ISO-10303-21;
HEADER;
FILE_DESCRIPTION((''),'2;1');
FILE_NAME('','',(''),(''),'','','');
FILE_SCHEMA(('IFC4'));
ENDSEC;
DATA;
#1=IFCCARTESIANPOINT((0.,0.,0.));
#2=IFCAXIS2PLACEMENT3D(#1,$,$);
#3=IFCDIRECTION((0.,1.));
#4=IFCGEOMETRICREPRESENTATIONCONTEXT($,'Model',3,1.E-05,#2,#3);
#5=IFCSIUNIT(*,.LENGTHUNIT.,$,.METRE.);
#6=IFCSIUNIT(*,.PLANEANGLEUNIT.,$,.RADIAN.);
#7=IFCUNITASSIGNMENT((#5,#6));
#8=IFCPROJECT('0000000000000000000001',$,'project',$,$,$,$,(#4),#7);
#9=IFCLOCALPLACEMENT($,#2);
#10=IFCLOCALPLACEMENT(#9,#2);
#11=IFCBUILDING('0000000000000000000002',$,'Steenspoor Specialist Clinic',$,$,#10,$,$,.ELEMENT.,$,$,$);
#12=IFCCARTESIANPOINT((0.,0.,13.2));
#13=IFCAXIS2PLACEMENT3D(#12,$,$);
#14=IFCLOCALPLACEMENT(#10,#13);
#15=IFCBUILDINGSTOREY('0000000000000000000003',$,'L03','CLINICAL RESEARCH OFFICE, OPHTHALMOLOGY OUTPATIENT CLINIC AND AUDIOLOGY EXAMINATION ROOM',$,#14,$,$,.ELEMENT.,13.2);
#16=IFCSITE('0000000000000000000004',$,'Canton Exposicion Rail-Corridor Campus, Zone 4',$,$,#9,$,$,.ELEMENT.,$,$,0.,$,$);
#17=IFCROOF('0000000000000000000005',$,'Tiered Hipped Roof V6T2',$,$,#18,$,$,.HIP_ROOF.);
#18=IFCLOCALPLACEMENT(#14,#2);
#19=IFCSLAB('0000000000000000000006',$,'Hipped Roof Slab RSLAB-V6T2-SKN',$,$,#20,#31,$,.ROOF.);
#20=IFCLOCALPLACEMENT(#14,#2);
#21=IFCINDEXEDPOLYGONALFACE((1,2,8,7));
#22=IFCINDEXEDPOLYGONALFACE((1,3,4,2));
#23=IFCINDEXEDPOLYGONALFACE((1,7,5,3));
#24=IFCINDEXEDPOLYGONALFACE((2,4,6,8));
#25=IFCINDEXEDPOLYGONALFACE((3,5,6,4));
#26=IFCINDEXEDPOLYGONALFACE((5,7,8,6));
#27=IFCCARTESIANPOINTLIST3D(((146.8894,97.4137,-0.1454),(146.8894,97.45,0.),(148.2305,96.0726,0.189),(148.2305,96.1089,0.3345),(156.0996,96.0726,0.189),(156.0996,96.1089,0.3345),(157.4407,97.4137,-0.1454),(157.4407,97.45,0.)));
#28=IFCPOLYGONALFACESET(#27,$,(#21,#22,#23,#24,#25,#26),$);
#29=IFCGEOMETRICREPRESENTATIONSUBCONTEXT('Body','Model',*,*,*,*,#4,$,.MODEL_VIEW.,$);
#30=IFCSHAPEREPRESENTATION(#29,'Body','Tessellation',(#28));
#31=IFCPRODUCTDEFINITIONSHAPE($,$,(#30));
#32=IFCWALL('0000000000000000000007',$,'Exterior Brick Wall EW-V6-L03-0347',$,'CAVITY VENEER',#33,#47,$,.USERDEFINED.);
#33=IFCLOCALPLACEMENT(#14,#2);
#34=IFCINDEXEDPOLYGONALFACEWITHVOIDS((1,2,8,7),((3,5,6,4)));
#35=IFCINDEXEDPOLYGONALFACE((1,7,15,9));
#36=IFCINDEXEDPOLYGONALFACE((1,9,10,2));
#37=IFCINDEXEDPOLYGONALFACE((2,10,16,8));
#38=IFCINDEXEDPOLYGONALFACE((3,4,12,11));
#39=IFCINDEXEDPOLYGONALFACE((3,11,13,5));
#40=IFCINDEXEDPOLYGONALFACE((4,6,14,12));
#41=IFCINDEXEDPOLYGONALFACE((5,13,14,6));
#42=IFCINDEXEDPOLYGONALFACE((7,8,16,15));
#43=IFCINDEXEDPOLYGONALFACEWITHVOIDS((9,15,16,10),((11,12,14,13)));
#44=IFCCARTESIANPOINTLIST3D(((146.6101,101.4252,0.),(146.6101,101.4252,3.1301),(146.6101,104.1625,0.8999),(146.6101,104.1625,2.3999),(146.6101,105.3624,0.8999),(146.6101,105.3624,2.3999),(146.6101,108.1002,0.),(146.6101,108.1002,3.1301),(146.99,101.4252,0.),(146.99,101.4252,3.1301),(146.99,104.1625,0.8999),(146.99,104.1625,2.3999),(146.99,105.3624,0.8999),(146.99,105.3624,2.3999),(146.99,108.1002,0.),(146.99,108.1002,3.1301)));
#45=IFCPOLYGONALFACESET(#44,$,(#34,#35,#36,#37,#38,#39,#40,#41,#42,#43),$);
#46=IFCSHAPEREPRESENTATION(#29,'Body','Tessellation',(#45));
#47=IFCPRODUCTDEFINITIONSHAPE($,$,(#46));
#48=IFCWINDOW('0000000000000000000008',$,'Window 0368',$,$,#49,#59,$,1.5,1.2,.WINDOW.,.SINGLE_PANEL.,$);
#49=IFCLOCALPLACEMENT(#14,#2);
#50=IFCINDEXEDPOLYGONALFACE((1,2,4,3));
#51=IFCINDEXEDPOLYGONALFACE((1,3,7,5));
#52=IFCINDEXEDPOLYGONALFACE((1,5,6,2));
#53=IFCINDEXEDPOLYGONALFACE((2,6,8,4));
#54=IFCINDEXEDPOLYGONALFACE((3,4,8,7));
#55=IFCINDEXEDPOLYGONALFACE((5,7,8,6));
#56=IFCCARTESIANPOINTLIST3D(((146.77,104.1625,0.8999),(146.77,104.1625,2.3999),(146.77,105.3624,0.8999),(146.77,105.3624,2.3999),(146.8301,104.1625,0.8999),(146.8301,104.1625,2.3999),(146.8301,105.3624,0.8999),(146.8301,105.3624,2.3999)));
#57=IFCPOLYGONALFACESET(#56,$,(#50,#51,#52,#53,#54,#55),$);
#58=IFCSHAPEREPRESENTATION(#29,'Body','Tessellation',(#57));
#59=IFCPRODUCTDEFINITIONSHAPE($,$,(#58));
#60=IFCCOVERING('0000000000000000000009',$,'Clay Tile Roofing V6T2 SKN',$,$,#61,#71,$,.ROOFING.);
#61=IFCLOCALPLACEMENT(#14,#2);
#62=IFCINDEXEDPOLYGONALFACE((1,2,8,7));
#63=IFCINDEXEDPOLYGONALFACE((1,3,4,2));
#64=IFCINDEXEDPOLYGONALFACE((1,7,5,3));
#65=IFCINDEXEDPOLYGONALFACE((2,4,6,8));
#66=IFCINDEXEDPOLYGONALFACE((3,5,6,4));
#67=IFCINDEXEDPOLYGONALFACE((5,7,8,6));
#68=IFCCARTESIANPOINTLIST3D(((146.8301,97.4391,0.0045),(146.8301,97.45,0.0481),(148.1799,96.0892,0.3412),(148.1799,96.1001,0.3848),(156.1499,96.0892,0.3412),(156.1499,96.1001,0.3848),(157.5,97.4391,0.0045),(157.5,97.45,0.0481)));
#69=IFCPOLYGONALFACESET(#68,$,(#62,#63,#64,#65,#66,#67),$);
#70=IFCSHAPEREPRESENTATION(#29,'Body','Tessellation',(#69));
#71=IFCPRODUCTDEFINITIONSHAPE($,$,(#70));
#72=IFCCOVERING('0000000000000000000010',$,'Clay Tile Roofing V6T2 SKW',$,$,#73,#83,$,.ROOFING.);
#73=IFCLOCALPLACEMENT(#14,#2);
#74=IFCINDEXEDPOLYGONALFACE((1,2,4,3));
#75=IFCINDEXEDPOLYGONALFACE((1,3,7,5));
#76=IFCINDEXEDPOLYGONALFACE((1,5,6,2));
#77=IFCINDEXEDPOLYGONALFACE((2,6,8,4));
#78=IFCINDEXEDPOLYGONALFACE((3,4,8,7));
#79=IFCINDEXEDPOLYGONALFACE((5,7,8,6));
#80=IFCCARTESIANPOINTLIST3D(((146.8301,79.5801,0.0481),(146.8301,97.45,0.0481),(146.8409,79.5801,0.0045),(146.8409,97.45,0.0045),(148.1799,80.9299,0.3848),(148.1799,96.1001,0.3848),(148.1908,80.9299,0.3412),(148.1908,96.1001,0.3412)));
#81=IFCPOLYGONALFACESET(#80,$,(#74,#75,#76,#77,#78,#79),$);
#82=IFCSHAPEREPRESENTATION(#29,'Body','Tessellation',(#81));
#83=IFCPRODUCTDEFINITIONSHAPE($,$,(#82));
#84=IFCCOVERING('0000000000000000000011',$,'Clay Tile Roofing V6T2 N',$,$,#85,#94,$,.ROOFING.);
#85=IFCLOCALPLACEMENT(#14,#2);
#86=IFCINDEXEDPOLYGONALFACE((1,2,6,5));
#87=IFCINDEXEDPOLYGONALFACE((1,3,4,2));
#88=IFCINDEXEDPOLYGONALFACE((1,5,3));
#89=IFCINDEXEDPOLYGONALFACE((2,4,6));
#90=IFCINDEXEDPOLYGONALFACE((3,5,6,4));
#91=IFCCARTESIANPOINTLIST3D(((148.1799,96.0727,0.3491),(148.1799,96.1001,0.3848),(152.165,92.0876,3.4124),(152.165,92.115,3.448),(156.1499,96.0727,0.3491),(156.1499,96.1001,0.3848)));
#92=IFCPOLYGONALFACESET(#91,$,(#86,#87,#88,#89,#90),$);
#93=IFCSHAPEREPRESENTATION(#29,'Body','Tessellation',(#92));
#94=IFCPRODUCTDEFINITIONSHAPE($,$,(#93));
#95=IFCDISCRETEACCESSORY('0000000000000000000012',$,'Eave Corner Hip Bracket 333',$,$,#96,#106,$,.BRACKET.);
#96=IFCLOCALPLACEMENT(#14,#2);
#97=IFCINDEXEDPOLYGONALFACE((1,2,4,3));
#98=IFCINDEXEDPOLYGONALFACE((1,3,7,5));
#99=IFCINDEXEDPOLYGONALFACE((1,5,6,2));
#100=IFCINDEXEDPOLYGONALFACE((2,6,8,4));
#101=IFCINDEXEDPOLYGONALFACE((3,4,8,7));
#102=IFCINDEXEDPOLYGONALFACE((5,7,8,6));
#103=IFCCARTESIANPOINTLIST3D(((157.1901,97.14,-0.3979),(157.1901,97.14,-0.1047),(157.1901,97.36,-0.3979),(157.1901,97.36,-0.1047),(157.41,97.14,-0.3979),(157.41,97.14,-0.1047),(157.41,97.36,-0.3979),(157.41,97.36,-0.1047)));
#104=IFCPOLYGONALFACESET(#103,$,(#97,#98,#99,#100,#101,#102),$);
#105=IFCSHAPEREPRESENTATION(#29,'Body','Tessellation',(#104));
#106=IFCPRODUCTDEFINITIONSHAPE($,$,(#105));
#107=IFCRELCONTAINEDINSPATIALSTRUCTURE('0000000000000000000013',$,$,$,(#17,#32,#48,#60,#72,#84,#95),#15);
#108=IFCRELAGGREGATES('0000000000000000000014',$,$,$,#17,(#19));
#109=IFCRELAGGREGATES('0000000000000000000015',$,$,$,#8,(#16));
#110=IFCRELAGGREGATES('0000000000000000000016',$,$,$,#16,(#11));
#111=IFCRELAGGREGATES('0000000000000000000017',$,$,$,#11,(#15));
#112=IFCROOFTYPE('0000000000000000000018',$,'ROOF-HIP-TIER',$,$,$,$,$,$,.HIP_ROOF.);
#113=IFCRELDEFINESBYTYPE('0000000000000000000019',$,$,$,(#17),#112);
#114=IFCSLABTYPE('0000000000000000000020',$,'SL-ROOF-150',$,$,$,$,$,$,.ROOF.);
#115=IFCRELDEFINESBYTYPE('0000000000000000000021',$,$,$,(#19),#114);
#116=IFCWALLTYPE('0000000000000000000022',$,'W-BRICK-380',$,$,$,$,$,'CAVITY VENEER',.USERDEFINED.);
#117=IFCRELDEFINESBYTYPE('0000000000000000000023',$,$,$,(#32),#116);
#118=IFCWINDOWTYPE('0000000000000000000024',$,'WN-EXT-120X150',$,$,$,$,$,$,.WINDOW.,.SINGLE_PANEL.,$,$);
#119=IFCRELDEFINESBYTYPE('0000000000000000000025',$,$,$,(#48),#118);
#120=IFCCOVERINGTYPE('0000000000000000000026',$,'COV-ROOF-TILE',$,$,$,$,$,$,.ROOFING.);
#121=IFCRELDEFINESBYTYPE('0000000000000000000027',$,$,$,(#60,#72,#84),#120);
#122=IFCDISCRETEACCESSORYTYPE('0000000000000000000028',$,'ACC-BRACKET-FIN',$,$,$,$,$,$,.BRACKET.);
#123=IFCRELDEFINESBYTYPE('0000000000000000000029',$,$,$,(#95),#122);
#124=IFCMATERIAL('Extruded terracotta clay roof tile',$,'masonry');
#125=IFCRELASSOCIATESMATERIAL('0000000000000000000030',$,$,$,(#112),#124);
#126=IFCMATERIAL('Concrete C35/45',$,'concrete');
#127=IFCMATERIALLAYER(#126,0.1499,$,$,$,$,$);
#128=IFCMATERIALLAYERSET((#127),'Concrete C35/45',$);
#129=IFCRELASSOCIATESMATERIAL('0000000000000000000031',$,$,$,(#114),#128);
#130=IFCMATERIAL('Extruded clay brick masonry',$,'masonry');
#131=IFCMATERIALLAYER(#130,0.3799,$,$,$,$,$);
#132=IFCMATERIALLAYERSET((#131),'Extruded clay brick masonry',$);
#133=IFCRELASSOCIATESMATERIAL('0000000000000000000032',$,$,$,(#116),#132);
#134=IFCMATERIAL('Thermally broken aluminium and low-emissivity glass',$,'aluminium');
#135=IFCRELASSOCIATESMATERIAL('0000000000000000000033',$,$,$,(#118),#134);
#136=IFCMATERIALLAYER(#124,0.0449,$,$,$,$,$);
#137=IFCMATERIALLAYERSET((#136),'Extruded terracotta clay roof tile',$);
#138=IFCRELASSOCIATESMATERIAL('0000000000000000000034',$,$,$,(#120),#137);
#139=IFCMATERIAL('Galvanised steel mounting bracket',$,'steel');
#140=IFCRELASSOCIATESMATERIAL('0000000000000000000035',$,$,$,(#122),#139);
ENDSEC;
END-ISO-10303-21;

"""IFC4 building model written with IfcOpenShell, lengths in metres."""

from ifc_helpers import new_model, si_unit, direction, frame, frame_2d, origin, origin_2d, place, context, subcontext, project, spatial, polyline, rectangle, outline, extrude, material, layer, layer_set, type_object, element, fill, aggregate, save


model = new_model("IFC4")

# Units and contexts
model_context = context("Model", 3, precision=1e-05, world=origin(), true_north=direction((0.0, 1.0)))
body_context = subcontext(model_context, "Body", "Model", "MODEL_VIEW")
ifc_project = project(units=[si_unit("LENGTHUNIT", "METRE"), si_unit("PLANEANGLEUNIT", "RADIAN")], contexts=[model_context])

# Site, building, storey
site_placement = place(None, origin())
site = spatial("IfcSite", under=ifc_project, at=site_placement, Name="Canton Exposicion Rail-Corridor Campus, Zone 4", CompositionType="ELEMENT", RefElevation=0.0)
building_placement = place(site_placement, origin())
building = spatial("IfcBuilding", under=site, at=building_placement, Name="Steenspoor Specialist Clinic", CompositionType="ELEMENT")
storey_placement = place(building_placement, frame((0.0, 0.0, 13.2)))
storey = spatial("IfcBuildingStorey", under=building, at=storey_placement, Name="L03", Description="CLINICAL RESEARCH OFFICE, OPHTHALMOLOGY OUTPATIENT CLINIC AND AUDIOLOGY EXAMINATION ROOM", CompositionType="ELEMENT", Elevation=13.2)

# Shared definitions
ifc_material_1 = material(Name="Thermally broken aluminium and low-emissivity glass", Category="aluminium")

# Roof, slab
ifc_material_2 = material(Name="Extruded terracotta clay roof tile", Category="masonry")
roof_type = type_object("IfcRoofType", Name="ROOF-HIP-TIER", PredefinedType="HIP_ROOF", material=ifc_material_2)
roof_placement = place(storey_placement, origin())
roof = element("IfcRoof", 1, at=roof_placement, inside=storey, type_object=roof_type, Name="Tiered Hipped Roof V6T2", PredefinedType="HIP_ROOF")
ifc_material_3 = material(Name="Concrete C35/45", Category="concrete")
ifc_layer_1 = layer(ifc_material_3, 0.1499)
ifc_layer_set_1 = layer_set([ifc_layer_1], Name="Concrete C35/45")
slab_type = type_object("IfcSlabType", Name="SL-ROOF-150", PredefinedType="ROOF", material=ifc_layer_set_1)
slab_placement = place(storey_placement, frame((156.0996, 96.1089, 0.3345), z_axis=(0.0, 0.241995, 0.970277), x_axis=(0.696361, 0.696361, -0.173678)))
slab = element("IfcSlab", 2, at=slab_placement, type_object=slab_type, Name="Hipped Roof Slab RSLAB-V6T2-SKN", PredefinedType="ROOF", context=body_context, shape_type="SweptSolid", body=[
    extrude(outline(polyline([(0.0, 0.0), (1.9258, 0.0), (-5.4217, 7.5726), (-5.4798, 5.6476), (0.0, 0.0)])), origin(), (0.0, 0.0, -1.0), 0.1499),
])
aggregate(roof, [slab])

# Wall, opening, window
ifc_material_4 = material(Name="Extruded clay brick masonry", Category="masonry")
ifc_layer_2 = layer(ifc_material_4, 0.3799)
ifc_layer_set_2 = layer_set([ifc_layer_2], Name="Extruded clay brick masonry")
wall_type = type_object("IfcWallType", Name="W-BRICK-380", ElementType="CAVITY VENEER", PredefinedType="USERDEFINED", material=ifc_layer_set_2)
wall_placement = place(storey_placement, frame((146.8, 108.1001, 0.0), z_axis=(0.0, 0.0, 1.0), x_axis=(0.0, -1.0, 0.0)))
wall = element("IfcWall", 3, at=wall_placement, inside=storey, type_object=wall_type, Name="Exterior Brick Wall EW-V6-L03-0347", ObjectType="CAVITY VENEER", PredefinedType="USERDEFINED", context=body_context, shape_type="SweptSolid", body=[
    extrude(rectangle(XDim=6.675, YDim=0.3799, at=frame_2d((3.3374, 0.0))), origin(), (0.0, 0.0, 1.0), 3.1301),
])
opening_placement = place(wall_placement, frame((2.7375, 0.0, 0.8999)))
opening = element("IfcOpeningElement", 4, at=opening_placement, cuts=wall, PredefinedType="OPENING", context=body_context, shape_type="SweptSolid", body=[
    extrude(rectangle(XDim=1.2, YDim=1.5, at=frame_2d((0.6001, 0.75))), frame((0.0, 0.2, 0.0), z_axis=(0.0, -1.0, 0.0), x_axis=(1.0, 0.0, 0.0)), (0.0, 0.0, 1.0), 0.3999),
])
window_type = type_object("IfcWindowType", Name="WN-EXT-120X150", PartitioningType="SINGLE_PANEL", PredefinedType="WINDOW", material=ifc_material_1)
window_placement = place(opening_placement, origin())
window = element("IfcWindow", 5, at=window_placement, inside=storey, type_object=window_type, Name="Window 0368", OverallHeight=1.5, OverallWidth=1.2, PartitioningType="SINGLE_PANEL", PredefinedType="WINDOW", context=body_context, shape_type="SweptSolid", body=[
    extrude(rectangle(XDim=1.2, YDim=1.5, at=frame_2d((0.6001, 0.75))), frame((0.0, 0.03, 0.0), z_axis=(0.0, -1.0, 0.0), x_axis=(1.0, 0.0, 0.0)), (0.0, 0.0, 1.0), 0.0601),
])
fill(opening, window)

# Coverings
ifc_layer_3 = layer(ifc_material_2, 0.0449)
ifc_layer_set_3 = layer_set([ifc_layer_3], Name="Extruded terracotta clay roof tile")
covering_type = type_object("IfcCoveringType", Name="COV-ROOF-TILE", PredefinedType="ROOFING", material=ifc_layer_set_3)
covering_1_placement = place(storey_placement, frame((157.5, 97.45, 0.0481), z_axis=(0.0, 0.241999, 0.970277), x_axis=(-1.0, 0.0, 0.0)))
element("IfcCovering", 6, at=covering_1_placement, inside=storey, type_object=covering_type, Name="Clay Tile Roofing V6T2 SKN", PredefinedType="ROOFING", context=body_context, shape_type="SweptSolid", body=[
    extrude(outline(polyline([(0.0, 0.0), (10.6699, 0.0), (9.3201, 1.3912), (1.3501, 1.3912), (0.0, 0.0)])), origin(), (0.0, 0.0, -1.0), 0.0449),
])
covering_2_placement = place(storey_placement, frame((146.8301, 97.45, 0.0481), z_axis=(-0.241999, 0.0, 0.970277), x_axis=(0.0, -1.0, 0.0)))
element("IfcCovering", 7, at=covering_2_placement, inside=storey, type_object=covering_type, Name="Clay Tile Roofing V6T2 SKW", PredefinedType="ROOFING", context=body_context, shape_type="SweptSolid", body=[
    extrude(outline(polyline([(0.0, 0.0), (17.8699, 0.0), (16.52, 1.3912), (1.3499, 1.3912), (0.0, 0.0)])), origin(), (0.0, 0.0, -1.0), 0.0449),
])
covering_3_placement = place(storey_placement, frame((156.1499, 96.1001, 0.3848), z_axis=(0.0, 0.609431, 0.792839), x_axis=(-1.0, 0.0, 0.0)))
element("IfcCovering", 8, at=covering_3_placement, inside=storey, type_object=covering_type, Name="Clay Tile Roofing V6T2 N", PredefinedType="ROOFING", context=body_context, shape_type="SweptSolid", body=[
    extrude(outline(polyline([(0.0, 0.0), (7.97, 0.0), (3.9849, 5.0264), (0.0, 0.0)])), origin(), (0.0, 0.0, -1.0), 0.0449),
])

# Discrete accessory
ifc_material_5 = material(Name="Galvanised steel mounting bracket", Category="steel")
discrete_accessory_type = type_object("IfcDiscreteAccessoryType", Name="ACC-BRACKET-FIN", PredefinedType="BRACKET", material=ifc_material_5)
discrete_accessory_placement = place(storey_placement, frame((157.3, 97.25, -0.3979), z_axis=(0.0, 0.0, 1.0), x_axis=(1.0, 0.0, 0.0)))
element("IfcDiscreteAccessory", 9, at=discrete_accessory_placement, inside=storey, type_object=discrete_accessory_type, Name="Eave Corner Hip Bracket 333", PredefinedType="BRACKET", context=body_context, shape_type="SweptSolid", body=[
    extrude(rectangle(XDim=0.22, YDim=0.22, at=origin_2d()), origin(), (0.0, 0.0, 1.0), 0.2932),
])

save(model, "model.ifc")
